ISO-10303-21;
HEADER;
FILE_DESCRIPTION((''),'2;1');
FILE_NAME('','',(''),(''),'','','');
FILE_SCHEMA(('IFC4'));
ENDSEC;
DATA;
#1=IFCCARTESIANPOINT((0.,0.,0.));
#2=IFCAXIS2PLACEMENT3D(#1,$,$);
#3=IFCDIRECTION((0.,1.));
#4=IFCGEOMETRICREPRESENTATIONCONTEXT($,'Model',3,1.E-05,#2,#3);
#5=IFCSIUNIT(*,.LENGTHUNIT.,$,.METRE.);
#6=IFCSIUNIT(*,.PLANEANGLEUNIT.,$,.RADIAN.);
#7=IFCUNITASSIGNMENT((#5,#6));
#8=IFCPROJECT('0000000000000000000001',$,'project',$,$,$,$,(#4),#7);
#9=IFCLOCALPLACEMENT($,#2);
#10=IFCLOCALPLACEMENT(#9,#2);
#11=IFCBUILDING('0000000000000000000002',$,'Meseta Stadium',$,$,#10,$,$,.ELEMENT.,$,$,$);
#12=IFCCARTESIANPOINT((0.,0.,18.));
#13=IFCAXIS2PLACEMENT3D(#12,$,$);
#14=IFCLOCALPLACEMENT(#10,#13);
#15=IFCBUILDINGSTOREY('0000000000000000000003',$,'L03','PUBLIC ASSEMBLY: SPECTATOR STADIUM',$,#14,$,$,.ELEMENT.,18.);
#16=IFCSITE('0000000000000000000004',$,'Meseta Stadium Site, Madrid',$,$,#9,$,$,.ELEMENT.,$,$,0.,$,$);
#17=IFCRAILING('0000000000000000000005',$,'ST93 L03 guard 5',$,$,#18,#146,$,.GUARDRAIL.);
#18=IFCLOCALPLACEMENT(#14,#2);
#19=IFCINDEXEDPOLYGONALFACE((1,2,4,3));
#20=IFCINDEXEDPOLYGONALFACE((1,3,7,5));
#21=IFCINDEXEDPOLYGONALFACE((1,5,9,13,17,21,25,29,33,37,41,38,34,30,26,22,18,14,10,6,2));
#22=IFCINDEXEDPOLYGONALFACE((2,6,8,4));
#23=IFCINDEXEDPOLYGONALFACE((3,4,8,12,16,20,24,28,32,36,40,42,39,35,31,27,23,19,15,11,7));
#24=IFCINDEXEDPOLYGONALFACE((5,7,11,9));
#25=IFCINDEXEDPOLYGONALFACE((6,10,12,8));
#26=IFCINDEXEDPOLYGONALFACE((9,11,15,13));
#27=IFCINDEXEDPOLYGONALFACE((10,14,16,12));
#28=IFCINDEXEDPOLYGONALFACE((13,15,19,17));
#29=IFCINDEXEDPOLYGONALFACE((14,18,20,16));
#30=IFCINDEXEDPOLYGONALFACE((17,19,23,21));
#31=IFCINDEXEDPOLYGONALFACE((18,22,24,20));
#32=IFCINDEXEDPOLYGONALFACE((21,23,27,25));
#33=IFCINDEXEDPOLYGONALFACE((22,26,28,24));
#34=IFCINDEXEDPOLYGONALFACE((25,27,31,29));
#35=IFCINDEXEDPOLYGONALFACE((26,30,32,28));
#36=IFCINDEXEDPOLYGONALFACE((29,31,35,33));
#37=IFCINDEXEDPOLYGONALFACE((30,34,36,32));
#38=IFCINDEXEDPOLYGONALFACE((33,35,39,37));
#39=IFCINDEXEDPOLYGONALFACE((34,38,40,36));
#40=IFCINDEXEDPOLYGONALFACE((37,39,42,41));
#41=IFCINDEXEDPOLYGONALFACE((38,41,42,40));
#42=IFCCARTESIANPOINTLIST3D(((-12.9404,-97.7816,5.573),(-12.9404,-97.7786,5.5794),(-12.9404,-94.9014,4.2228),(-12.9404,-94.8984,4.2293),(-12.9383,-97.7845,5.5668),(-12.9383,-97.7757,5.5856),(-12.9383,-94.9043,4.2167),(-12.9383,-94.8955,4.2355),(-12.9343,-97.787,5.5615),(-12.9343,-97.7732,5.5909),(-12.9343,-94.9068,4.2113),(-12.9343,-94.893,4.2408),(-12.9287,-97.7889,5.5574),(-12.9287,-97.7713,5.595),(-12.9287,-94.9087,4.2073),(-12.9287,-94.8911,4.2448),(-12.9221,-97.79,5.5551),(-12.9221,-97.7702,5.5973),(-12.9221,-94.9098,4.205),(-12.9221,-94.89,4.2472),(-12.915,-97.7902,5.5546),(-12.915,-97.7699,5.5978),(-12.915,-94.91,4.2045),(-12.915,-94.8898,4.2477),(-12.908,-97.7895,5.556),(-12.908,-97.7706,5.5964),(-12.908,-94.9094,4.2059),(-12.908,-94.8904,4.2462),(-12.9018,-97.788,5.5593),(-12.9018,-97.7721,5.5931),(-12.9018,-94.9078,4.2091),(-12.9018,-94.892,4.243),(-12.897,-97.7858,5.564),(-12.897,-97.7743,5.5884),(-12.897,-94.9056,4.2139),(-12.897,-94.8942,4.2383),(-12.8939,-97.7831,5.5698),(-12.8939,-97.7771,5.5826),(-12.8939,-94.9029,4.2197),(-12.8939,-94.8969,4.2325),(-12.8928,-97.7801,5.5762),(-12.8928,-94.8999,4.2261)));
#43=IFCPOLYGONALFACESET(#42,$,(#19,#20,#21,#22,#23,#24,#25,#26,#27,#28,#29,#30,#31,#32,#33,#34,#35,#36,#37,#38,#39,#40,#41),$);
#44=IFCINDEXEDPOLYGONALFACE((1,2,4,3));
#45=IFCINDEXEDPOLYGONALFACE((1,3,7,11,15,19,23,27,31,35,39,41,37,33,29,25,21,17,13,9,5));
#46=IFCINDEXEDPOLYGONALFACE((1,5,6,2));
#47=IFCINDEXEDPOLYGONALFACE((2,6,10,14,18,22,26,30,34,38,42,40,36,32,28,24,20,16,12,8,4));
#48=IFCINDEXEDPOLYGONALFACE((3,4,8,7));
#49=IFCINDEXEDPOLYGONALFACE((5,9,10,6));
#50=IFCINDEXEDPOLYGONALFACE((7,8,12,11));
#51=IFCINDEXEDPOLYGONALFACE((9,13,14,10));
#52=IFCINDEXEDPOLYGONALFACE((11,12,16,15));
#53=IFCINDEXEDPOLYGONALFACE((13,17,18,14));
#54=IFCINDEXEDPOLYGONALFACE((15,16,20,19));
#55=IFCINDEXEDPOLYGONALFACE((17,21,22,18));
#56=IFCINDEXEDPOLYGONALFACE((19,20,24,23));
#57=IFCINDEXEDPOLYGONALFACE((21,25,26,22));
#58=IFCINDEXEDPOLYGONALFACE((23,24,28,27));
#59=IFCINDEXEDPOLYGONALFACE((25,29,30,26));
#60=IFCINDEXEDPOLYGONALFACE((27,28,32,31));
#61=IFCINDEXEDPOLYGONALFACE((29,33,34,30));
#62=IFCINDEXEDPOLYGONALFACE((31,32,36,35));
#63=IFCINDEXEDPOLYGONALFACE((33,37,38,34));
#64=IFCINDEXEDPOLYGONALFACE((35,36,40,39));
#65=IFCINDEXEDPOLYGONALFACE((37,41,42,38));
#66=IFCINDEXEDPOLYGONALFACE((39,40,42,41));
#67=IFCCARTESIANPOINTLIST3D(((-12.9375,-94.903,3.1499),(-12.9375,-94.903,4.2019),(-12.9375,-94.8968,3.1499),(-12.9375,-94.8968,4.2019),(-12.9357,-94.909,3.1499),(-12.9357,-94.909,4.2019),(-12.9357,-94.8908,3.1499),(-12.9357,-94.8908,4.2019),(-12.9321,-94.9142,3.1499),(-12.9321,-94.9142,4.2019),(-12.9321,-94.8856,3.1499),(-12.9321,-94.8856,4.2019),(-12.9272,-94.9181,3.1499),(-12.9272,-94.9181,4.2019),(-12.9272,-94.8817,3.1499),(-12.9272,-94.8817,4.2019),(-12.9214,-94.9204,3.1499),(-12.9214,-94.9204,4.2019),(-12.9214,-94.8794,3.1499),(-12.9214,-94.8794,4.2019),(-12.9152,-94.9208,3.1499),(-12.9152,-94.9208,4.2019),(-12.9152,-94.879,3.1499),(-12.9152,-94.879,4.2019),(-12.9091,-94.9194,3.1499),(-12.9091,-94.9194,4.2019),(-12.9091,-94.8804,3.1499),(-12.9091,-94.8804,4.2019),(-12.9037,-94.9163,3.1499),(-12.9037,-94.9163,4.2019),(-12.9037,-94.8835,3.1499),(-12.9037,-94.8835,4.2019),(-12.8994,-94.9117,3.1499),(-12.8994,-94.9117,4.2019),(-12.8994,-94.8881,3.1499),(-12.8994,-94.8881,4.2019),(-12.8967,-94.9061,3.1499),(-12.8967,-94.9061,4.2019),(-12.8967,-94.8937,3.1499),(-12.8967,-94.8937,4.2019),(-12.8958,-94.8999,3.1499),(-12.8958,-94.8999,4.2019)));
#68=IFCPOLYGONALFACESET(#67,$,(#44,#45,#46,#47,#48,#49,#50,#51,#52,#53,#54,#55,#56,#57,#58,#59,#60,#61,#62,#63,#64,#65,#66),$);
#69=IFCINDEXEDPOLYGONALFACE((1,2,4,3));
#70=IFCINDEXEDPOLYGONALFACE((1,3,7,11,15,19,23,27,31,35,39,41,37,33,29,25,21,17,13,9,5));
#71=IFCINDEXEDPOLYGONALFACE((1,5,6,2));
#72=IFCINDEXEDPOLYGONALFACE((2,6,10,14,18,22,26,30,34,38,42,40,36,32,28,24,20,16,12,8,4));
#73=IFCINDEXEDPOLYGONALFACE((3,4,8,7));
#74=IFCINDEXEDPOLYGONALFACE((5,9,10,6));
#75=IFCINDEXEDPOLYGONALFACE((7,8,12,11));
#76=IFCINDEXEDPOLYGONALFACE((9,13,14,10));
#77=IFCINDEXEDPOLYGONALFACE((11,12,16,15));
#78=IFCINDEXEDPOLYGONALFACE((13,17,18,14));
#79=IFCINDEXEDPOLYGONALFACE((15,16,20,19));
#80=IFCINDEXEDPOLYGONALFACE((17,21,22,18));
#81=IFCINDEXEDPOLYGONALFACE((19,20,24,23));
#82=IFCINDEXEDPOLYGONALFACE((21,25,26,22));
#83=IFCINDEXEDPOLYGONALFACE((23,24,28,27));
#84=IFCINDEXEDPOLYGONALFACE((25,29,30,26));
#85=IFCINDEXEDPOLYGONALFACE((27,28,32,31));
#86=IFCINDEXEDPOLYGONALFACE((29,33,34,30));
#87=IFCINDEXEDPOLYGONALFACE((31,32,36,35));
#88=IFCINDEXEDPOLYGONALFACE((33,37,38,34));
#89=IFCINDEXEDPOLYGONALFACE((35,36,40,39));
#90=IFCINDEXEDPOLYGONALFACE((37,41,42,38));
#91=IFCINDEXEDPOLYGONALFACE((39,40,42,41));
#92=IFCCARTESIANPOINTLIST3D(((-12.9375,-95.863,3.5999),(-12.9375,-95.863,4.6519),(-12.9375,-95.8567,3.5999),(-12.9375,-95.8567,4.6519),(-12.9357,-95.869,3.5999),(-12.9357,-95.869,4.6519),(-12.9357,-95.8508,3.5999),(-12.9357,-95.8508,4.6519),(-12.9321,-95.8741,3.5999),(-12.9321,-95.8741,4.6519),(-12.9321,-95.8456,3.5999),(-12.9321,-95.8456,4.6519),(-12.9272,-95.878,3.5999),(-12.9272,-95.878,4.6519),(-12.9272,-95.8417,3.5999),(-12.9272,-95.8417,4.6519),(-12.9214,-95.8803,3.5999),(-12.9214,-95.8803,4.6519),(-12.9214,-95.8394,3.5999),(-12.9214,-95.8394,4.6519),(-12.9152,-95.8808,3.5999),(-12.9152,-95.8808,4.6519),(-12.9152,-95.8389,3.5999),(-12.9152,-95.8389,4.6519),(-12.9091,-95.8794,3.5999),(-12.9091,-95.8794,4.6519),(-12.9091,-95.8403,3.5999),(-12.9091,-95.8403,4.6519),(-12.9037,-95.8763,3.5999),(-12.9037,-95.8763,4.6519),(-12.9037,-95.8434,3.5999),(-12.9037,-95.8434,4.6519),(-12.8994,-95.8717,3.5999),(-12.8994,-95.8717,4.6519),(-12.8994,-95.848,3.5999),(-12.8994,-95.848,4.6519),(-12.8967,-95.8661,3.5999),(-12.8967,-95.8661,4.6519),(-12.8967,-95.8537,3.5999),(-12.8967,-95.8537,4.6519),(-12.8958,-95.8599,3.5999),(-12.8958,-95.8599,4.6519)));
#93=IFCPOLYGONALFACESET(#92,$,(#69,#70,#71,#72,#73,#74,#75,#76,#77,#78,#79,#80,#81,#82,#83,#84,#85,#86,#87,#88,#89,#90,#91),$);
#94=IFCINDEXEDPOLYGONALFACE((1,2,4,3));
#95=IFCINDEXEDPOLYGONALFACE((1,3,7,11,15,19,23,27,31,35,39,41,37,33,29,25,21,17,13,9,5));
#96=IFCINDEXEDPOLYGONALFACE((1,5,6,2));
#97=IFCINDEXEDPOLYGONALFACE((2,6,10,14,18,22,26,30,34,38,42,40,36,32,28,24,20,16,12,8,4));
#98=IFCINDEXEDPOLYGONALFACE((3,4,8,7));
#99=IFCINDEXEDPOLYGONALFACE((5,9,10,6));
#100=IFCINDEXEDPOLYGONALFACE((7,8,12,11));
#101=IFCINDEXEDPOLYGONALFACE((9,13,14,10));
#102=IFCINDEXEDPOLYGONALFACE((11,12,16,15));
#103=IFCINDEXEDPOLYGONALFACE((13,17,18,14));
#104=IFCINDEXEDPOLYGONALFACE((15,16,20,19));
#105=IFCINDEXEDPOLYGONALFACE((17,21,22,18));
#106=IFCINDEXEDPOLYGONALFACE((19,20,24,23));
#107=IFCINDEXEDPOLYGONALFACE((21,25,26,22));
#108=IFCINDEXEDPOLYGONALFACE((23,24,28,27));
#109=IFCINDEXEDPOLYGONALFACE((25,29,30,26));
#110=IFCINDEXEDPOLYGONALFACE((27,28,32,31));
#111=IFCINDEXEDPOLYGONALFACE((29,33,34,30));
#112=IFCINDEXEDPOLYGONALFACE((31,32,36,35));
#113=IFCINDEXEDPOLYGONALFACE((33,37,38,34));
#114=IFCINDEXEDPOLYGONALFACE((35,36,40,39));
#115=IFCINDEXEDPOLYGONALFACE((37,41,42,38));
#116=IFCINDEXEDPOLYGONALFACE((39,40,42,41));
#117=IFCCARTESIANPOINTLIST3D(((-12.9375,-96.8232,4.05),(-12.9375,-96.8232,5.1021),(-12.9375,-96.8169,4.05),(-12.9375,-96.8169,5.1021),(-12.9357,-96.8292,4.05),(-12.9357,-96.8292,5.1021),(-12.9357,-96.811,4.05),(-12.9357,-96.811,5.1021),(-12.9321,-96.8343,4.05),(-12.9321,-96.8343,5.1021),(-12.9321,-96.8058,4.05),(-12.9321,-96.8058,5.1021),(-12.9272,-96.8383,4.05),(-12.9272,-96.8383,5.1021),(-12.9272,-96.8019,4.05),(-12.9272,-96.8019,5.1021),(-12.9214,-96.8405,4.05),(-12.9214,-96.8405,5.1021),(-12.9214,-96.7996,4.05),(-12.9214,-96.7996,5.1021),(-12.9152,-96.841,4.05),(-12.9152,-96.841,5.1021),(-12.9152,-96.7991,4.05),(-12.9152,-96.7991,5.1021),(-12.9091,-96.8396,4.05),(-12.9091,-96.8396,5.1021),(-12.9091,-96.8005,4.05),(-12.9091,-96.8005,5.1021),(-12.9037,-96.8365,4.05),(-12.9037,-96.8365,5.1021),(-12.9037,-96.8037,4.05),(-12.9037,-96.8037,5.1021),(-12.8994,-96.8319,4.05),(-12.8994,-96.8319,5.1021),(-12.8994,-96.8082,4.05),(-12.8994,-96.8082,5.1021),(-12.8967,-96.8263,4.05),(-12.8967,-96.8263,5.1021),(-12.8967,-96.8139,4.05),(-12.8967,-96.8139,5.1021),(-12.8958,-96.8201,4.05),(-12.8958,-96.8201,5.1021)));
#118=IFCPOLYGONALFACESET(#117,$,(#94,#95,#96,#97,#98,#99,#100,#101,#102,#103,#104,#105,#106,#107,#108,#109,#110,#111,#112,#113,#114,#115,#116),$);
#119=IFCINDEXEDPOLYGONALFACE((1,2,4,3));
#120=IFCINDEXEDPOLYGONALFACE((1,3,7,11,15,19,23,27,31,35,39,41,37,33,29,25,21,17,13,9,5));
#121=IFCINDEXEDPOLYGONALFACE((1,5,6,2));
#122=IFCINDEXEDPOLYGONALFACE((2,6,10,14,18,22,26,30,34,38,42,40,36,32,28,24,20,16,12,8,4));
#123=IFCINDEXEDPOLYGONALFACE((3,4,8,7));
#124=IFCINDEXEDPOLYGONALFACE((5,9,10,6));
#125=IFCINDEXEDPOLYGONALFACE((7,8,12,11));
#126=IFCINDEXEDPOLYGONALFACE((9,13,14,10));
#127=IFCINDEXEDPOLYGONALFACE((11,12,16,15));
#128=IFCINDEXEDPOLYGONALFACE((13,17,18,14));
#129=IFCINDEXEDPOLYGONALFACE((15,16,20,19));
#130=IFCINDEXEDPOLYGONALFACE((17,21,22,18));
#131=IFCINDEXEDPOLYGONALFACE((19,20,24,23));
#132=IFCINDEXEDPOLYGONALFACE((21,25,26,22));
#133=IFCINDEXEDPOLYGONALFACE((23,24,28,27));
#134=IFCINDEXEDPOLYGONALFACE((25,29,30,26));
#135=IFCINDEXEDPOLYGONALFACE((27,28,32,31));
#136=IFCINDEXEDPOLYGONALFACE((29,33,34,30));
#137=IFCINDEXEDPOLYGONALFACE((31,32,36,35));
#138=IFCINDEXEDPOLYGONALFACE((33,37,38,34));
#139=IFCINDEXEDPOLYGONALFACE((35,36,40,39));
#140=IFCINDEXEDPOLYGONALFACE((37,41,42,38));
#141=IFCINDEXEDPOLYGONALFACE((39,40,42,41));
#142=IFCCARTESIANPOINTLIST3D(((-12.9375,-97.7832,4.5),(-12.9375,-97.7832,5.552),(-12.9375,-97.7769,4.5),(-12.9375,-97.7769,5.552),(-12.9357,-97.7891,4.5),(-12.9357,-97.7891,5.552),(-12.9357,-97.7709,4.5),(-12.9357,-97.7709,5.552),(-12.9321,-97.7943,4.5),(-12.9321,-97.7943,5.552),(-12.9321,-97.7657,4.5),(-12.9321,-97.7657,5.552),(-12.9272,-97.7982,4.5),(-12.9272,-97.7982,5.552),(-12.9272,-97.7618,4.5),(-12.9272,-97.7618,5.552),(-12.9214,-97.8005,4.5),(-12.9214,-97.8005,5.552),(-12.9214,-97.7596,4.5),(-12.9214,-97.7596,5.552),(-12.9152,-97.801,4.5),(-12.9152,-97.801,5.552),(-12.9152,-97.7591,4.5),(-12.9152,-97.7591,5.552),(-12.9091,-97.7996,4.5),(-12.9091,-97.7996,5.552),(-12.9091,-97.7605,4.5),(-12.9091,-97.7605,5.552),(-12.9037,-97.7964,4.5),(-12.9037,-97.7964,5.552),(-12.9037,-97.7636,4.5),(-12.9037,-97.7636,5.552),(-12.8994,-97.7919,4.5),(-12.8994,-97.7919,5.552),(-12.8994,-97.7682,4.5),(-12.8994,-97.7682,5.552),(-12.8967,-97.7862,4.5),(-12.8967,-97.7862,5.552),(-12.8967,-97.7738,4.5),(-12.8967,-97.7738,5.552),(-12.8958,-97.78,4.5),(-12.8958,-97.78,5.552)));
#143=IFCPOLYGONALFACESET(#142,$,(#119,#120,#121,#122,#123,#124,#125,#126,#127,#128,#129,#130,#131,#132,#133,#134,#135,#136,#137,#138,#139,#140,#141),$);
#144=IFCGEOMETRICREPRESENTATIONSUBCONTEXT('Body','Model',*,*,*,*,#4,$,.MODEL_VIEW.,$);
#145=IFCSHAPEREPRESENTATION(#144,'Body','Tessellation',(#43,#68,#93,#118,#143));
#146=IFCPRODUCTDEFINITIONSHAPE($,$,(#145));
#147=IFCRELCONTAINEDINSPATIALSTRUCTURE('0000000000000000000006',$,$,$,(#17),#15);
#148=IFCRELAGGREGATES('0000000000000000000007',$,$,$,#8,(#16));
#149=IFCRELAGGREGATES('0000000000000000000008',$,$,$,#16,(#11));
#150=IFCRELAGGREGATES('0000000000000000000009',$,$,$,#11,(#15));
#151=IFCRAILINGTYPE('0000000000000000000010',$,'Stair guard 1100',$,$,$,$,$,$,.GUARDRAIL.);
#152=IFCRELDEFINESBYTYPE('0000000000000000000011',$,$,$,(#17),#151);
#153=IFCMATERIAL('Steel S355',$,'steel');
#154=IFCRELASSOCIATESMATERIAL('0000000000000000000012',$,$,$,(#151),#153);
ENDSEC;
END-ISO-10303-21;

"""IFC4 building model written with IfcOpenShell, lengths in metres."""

from ifc_helpers import new_model, si_unit, direction, frame, origin, origin_2d, place, context, subcontext, project, spatial, circle, extrude, material, type_object, element, save


model = new_model("IFC4")

# Units and contexts
model_context = context("Model", 3, precision=1e-05, world=origin(), true_north=direction((0.0, 1.0)))
body_context = subcontext(model_context, "Body", "Model", "MODEL_VIEW")
ifc_project = project(units=[si_unit("LENGTHUNIT", "METRE"), si_unit("PLANEANGLEUNIT", "RADIAN")], contexts=[model_context])

# Site, building, storey
site_placement = place(None, origin())
site = spatial("IfcSite", under=ifc_project, at=site_placement, Name="Meseta Stadium Site, Madrid", CompositionType="ELEMENT", RefElevation=0.0)
building_placement = place(site_placement, origin())
building = spatial("IfcBuilding", under=site, at=building_placement, Name="Meseta Stadium", CompositionType="ELEMENT")
storey_placement = place(building_placement, frame((0.0, 0.0, 18.0)))
storey = spatial("IfcBuildingStorey", under=building, at=storey_placement, Name="L03", Description="PUBLIC ASSEMBLY: SPECTATOR STADIUM", CompositionType="ELEMENT", Elevation=18.0)

# Railing
ifc_material_1 = material(Name="Steel S355", Category="steel")
railing_type_1 = type_object("IfcRailingType", Name="Stair guard 1100", PredefinedType="GUARDRAIL", material=ifc_material_1)
railing_1_placement = place(storey_placement, frame((-12.9167, -94.8999, 3.1499)))
element("IfcRailing", 1, at=railing_1_placement, inside=storey, type_object=railing_type_1, Name="ST93 L03 guard 5", PredefinedType="GUARDRAIL", context=body_context, shape_type="SweptSolid", body=[
    extrude(circle(Radius=0.0239, at=origin_2d()), frame((0.0, 0.0, 1.0762), z_axis=(0.0, -0.905454, 0.424444), x_axis=(1.0, 0.0, 0.0)), (0.0, 0.0, 1.0), 3.1809),
    extrude(circle(Radius=0.021, at=origin_2d()), origin(), (0.0, 0.0, 1.0), 1.052),
    extrude(circle(Radius=0.021, at=origin_2d()), frame((0.0, -0.96, 0.45)), (0.0, 0.0, 1.0), 1.052),
    extrude(circle(Radius=0.021, at=origin_2d()), frame((0.0, -1.9202, 0.9001)), (0.0, 0.0, 1.0), 1.052),
    extrude(circle(Radius=0.021, at=origin_2d()), frame((0.0, -2.8801, 1.3501)), (0.0, 0.0, 1.0), 1.052),
])

save(model, "model.ifc")
